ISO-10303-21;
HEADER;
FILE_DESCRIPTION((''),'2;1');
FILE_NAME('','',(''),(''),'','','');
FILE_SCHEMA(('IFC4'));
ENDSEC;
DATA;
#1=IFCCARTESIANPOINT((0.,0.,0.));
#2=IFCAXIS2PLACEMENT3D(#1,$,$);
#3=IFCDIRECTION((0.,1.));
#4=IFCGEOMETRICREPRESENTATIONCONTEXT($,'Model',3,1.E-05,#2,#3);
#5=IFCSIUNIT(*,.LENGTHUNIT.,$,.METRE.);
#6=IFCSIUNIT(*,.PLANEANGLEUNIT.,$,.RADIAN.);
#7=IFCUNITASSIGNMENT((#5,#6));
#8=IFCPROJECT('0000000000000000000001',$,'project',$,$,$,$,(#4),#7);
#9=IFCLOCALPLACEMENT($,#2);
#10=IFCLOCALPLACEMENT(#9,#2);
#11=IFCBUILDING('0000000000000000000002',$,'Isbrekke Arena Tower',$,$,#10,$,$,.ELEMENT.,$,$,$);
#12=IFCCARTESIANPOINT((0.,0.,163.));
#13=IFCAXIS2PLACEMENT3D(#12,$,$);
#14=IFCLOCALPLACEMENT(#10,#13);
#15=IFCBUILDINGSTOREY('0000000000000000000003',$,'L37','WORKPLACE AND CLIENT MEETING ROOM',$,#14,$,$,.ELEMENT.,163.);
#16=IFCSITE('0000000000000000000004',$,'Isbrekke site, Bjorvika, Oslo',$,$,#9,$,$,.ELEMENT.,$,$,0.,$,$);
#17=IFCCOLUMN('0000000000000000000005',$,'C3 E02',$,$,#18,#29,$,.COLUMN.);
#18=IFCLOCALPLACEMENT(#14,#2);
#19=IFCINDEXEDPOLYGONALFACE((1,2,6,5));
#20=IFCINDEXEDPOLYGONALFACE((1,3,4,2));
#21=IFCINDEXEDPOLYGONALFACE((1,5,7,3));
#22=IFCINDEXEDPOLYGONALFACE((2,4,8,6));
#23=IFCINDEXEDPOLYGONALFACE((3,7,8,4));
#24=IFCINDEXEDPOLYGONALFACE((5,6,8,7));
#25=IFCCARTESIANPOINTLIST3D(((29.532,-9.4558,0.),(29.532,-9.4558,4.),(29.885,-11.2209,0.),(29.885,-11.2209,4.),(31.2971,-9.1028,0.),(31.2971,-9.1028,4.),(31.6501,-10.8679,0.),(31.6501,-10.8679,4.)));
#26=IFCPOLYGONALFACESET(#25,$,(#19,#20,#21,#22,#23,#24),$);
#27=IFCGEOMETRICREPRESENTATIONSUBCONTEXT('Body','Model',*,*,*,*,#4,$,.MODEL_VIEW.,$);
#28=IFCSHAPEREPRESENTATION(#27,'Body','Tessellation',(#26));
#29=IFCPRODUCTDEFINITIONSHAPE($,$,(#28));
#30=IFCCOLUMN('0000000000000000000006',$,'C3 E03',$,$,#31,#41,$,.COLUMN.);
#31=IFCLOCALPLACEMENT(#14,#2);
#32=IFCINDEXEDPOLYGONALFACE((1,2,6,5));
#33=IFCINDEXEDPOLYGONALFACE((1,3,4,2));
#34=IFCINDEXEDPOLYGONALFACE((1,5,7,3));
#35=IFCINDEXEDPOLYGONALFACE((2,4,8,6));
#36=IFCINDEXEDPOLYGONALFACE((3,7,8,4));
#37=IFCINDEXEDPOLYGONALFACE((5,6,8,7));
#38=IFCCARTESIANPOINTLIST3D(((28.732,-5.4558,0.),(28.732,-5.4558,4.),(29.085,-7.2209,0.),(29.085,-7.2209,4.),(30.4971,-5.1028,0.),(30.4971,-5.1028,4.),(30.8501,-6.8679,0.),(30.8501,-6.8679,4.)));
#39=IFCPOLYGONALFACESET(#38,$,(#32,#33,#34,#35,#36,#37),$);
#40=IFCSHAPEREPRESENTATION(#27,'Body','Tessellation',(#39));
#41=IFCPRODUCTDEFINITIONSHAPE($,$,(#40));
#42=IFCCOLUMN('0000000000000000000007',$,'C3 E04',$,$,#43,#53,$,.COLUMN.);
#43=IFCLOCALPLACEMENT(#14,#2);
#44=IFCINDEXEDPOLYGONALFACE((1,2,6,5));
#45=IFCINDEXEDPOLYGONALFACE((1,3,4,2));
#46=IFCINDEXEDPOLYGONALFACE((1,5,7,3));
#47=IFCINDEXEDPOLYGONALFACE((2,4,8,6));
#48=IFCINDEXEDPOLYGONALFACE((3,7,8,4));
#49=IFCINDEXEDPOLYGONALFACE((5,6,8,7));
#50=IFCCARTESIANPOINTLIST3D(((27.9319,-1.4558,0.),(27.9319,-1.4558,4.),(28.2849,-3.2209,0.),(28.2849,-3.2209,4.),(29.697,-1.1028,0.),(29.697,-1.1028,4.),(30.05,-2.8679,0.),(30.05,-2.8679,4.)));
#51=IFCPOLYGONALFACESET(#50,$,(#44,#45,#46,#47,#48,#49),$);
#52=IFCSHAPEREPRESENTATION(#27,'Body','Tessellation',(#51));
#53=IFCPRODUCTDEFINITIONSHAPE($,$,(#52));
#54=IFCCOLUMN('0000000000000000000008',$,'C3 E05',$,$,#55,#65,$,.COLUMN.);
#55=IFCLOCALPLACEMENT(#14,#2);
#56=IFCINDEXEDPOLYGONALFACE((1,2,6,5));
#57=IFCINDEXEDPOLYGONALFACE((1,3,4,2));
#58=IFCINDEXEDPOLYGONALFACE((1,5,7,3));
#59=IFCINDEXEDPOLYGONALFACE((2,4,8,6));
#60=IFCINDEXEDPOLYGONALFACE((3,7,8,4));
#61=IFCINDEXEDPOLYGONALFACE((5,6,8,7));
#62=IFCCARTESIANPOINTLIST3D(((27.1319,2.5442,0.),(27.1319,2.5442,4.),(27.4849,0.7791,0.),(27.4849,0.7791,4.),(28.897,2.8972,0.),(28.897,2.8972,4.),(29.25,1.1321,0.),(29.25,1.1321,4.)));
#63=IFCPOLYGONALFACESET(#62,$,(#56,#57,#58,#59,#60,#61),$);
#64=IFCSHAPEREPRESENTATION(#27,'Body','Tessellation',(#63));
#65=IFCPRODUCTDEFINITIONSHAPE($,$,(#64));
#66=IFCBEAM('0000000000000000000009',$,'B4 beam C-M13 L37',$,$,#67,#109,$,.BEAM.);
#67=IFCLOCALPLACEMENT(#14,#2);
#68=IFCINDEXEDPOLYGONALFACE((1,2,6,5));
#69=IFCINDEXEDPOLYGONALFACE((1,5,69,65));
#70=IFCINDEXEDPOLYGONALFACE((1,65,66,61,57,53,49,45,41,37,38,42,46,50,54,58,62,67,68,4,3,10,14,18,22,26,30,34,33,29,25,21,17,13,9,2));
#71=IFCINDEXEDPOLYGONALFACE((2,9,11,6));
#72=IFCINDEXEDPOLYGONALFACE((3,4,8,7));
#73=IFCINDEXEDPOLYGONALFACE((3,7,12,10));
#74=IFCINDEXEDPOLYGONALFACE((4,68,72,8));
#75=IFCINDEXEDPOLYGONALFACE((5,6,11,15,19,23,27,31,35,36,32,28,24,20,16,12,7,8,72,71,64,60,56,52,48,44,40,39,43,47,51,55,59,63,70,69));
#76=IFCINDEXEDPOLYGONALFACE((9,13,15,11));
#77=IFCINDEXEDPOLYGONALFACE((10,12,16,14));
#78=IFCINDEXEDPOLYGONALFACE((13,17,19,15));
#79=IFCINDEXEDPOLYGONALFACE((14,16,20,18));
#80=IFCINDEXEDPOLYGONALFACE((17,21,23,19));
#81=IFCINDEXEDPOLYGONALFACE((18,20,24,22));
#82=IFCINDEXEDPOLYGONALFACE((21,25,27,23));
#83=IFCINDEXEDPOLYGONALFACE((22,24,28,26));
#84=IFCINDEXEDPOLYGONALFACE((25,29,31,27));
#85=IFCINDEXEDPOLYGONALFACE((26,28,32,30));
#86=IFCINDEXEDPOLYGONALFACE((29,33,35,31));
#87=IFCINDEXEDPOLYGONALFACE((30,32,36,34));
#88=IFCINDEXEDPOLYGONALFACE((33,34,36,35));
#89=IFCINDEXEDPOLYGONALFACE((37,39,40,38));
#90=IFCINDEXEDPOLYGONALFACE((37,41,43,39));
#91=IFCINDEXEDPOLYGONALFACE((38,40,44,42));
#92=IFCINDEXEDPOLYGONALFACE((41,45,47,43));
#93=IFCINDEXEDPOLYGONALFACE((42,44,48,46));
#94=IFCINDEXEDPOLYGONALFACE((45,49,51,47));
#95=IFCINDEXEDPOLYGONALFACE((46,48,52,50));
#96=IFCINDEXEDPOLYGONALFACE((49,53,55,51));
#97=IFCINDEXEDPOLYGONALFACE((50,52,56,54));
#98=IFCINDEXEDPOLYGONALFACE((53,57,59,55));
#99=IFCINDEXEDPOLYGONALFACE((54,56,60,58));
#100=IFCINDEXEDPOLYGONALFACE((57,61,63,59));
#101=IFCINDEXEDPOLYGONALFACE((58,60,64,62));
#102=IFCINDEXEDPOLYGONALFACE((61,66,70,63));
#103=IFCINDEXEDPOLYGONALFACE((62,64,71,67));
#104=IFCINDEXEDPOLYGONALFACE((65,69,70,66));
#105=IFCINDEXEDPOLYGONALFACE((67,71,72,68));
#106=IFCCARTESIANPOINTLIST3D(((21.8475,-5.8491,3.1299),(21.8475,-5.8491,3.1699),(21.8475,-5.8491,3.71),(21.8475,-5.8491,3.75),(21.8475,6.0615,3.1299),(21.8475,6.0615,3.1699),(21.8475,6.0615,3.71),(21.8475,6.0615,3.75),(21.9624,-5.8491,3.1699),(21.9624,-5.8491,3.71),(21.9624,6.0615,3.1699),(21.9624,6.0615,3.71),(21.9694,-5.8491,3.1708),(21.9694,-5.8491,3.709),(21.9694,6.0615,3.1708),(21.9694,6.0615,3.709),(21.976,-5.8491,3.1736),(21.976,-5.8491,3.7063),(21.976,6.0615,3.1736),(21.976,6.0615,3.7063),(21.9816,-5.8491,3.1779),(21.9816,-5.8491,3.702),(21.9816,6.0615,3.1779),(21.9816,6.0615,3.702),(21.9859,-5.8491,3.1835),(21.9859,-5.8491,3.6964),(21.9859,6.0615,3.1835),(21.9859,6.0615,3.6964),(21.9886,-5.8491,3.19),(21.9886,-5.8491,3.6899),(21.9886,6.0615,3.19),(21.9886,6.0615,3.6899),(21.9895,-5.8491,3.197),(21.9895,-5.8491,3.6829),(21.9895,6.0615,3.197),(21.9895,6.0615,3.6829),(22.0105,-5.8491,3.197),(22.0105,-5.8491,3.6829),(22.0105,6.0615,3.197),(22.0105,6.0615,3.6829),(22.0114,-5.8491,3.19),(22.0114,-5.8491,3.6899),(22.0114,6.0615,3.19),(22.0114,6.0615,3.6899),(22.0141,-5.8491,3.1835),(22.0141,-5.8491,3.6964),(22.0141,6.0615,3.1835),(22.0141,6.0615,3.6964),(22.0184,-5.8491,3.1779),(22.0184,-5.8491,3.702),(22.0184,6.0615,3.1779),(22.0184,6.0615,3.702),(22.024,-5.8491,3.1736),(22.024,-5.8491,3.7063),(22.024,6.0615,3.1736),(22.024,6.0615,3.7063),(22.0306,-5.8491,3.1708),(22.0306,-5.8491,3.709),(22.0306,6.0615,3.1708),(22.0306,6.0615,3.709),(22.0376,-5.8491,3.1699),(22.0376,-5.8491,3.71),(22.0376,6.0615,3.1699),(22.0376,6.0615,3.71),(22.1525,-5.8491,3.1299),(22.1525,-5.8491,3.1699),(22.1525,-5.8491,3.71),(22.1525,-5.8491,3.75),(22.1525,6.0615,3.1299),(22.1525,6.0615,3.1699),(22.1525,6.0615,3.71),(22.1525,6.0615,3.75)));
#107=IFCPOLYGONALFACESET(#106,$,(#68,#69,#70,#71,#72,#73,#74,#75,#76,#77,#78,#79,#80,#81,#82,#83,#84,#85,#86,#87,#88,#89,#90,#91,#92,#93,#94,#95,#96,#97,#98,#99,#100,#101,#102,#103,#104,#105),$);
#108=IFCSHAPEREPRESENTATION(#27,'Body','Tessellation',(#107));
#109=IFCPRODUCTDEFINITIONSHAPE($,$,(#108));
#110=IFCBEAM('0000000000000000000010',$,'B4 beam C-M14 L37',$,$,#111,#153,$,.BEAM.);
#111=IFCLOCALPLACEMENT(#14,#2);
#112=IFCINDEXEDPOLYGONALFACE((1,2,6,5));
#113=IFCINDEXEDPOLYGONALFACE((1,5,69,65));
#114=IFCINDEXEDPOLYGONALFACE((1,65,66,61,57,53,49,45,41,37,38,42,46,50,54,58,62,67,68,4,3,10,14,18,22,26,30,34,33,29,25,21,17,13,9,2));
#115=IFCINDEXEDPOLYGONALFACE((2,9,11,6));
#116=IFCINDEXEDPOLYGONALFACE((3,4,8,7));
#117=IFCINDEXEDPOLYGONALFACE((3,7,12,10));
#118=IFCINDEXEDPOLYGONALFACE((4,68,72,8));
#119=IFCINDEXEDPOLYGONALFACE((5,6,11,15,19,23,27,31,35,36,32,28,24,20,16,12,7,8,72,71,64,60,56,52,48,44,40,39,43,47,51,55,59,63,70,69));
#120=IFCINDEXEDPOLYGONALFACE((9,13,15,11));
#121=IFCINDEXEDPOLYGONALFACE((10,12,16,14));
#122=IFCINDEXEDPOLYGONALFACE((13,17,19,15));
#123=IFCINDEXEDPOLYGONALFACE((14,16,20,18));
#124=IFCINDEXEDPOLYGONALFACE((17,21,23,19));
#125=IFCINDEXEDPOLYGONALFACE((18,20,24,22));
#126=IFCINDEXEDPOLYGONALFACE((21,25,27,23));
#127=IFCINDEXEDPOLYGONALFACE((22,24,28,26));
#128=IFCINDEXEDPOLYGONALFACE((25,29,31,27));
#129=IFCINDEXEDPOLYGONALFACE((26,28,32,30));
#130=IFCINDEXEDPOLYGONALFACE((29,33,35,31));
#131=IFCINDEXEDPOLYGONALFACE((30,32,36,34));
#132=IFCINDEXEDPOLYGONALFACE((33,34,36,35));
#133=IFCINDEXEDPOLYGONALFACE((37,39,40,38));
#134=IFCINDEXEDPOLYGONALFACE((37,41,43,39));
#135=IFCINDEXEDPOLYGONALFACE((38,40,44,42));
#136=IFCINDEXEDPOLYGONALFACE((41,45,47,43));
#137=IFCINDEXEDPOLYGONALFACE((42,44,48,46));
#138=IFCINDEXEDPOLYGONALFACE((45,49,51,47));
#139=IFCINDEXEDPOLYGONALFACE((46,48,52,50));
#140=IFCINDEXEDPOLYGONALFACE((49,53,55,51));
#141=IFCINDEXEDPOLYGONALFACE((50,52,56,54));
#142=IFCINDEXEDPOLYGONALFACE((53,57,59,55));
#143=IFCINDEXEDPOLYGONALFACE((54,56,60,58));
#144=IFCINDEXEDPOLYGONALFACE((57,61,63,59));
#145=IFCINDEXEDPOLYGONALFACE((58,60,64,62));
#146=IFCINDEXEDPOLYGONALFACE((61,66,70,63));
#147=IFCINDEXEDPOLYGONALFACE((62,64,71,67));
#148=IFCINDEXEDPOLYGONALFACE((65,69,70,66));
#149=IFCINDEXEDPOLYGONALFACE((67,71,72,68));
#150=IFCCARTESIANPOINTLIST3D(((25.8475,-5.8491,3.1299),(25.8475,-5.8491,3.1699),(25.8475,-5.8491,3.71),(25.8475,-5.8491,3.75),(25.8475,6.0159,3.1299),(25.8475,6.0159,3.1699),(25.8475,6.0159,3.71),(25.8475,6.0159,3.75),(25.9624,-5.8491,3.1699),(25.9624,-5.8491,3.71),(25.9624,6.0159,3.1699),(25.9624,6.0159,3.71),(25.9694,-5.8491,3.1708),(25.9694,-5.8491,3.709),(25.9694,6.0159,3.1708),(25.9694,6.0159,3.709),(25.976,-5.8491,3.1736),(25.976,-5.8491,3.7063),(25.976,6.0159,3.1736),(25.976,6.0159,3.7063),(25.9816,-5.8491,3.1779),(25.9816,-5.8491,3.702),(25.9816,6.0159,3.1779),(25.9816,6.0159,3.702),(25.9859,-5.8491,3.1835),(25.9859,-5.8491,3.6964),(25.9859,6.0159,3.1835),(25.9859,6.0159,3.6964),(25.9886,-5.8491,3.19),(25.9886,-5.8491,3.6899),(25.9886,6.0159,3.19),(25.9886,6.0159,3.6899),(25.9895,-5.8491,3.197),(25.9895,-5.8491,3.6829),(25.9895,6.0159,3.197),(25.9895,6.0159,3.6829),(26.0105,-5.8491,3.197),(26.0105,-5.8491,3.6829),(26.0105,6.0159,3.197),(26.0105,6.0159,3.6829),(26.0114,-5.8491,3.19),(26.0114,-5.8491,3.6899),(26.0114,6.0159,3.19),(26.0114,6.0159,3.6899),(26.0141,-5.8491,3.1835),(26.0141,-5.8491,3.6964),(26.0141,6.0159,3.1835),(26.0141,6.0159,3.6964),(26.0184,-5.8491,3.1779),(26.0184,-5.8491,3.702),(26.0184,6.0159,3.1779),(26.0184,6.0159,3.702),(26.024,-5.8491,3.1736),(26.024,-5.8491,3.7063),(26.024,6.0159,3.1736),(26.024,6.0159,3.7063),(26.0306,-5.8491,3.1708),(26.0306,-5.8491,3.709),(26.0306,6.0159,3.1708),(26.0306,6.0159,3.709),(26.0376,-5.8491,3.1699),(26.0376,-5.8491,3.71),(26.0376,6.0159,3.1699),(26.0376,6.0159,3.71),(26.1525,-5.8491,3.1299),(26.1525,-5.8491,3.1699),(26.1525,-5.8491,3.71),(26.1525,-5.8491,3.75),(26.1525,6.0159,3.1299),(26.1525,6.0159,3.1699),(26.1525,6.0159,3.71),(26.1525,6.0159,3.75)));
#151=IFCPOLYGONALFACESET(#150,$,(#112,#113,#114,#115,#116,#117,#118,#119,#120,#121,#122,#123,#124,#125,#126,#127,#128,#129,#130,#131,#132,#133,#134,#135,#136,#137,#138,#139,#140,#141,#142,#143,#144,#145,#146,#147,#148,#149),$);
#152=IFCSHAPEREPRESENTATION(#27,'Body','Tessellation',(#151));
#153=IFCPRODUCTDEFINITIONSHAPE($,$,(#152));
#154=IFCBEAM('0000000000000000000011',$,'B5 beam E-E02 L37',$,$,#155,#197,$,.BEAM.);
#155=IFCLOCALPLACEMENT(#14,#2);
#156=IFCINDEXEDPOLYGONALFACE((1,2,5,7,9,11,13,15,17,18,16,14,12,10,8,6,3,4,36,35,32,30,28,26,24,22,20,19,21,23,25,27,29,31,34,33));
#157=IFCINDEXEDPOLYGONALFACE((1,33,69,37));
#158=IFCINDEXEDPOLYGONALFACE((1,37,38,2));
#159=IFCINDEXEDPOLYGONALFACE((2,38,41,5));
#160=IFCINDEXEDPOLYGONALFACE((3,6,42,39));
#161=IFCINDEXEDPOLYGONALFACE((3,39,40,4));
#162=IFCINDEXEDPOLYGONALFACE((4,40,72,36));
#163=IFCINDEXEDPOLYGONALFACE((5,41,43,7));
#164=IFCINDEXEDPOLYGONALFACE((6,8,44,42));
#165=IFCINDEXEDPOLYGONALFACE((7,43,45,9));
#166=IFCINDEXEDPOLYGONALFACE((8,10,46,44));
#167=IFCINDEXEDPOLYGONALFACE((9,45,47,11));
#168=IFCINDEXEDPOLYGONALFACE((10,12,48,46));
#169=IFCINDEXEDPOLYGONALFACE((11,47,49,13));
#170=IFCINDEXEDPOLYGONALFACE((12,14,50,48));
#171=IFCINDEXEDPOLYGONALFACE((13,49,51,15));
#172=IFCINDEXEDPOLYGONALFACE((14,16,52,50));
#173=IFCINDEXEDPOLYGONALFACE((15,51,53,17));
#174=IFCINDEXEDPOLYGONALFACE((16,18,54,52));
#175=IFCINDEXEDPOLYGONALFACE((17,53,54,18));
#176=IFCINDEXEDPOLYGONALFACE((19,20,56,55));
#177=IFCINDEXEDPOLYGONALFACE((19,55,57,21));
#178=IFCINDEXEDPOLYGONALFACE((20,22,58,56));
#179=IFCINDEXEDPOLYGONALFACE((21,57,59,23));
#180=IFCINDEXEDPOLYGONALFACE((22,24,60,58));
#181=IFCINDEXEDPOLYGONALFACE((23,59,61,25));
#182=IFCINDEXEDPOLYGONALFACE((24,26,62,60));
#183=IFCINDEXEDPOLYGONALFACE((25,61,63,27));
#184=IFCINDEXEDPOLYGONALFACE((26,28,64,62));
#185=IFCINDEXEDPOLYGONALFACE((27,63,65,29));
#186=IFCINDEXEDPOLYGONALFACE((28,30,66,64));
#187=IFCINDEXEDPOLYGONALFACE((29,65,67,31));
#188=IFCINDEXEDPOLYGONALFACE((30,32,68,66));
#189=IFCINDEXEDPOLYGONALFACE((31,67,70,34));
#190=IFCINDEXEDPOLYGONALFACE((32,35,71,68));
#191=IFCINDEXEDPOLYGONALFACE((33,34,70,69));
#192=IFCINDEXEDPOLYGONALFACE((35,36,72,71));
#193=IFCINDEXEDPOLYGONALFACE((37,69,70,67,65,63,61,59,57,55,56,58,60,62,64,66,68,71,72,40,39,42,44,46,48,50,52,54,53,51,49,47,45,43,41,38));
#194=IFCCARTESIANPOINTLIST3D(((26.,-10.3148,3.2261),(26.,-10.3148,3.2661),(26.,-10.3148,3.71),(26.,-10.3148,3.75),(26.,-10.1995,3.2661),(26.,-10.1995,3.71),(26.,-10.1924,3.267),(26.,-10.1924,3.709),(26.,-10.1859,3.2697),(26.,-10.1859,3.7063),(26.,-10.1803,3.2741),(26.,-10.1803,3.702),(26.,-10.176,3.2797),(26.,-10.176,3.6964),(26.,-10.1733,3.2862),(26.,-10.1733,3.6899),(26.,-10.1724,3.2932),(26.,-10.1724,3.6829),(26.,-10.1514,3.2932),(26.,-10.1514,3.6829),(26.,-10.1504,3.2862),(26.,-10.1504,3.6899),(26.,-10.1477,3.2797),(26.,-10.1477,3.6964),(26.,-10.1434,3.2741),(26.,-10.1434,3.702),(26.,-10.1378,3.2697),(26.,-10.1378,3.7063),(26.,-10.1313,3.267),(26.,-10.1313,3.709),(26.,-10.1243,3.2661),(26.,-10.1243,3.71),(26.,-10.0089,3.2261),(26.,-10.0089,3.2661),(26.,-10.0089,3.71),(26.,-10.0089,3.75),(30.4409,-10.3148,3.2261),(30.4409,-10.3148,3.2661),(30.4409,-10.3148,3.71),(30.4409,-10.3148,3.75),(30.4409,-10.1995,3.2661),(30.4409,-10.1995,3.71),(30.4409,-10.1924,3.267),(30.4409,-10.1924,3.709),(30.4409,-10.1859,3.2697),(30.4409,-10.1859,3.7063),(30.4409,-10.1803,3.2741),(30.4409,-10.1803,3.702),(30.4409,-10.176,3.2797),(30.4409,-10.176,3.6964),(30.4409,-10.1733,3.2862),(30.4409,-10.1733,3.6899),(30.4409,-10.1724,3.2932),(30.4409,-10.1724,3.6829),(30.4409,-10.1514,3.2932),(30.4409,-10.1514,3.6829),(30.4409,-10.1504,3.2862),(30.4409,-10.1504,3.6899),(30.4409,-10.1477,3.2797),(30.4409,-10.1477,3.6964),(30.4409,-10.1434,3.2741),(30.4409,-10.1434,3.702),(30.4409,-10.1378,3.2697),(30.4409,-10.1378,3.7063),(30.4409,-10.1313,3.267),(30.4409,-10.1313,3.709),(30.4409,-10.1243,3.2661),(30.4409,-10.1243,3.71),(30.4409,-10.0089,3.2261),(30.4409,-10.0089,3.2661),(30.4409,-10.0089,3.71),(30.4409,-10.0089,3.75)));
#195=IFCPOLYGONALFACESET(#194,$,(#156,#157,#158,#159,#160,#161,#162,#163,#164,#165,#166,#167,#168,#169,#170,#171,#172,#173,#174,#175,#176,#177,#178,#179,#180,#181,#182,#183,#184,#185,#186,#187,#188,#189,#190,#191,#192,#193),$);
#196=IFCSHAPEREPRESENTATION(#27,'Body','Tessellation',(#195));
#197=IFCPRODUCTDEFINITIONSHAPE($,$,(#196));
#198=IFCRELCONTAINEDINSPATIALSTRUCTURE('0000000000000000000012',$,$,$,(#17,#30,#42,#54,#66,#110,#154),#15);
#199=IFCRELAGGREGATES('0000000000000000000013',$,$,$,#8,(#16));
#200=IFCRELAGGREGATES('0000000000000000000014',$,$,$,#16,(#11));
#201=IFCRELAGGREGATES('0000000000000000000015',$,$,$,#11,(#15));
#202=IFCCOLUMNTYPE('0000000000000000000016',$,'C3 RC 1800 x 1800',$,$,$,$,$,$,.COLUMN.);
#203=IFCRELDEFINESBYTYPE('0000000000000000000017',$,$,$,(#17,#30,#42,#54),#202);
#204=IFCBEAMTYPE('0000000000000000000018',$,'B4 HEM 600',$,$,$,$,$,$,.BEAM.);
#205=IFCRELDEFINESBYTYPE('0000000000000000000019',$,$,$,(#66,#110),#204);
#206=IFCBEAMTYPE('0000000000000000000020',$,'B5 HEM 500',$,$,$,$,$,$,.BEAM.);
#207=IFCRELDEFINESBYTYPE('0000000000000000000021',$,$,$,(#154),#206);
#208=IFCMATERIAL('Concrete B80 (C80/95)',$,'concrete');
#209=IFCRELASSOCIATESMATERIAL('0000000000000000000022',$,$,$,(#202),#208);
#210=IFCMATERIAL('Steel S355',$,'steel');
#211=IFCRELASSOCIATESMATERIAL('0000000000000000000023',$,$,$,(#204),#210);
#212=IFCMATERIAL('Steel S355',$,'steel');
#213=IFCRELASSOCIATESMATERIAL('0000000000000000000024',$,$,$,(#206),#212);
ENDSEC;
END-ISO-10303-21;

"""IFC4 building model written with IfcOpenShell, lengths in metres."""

from ifc_helpers import new_model, si_unit, direction, frame, origin, origin_2d, place, context, subcontext, project, spatial, rectangle, i_section, extrude, material, material_profile, profile_set, type_object, element, save


model = new_model("IFC4")

# Units and contexts
model_context = context("Model", 3, precision=1e-05, world=origin(), true_north=direction((0.0, 1.0)))
body_context = subcontext(model_context, "Body", "Model", "MODEL_VIEW")
ifc_project = project(units=[si_unit("LENGTHUNIT", "METRE"), si_unit("PLANEANGLEUNIT", "RADIAN")], contexts=[model_context])

# Site, building, storey
site_placement = place(None, origin())
site = spatial("IfcSite", under=ifc_project, at=site_placement, Name="Isbrekke site, Bjorvika, Oslo", CompositionType="ELEMENT", RefElevation=0.0)
building_placement = place(site_placement, origin())
building = spatial("IfcBuilding", under=site, at=building_placement, Name="Isbrekke Arena Tower", CompositionType="ELEMENT")
storey_placement = place(building_placement, frame((0.0, 0.0, 163.0)))
storey = spatial("IfcBuildingStorey", under=building, at=storey_placement, Name="L37", Description="WORKPLACE AND CLIENT MEETING ROOM", CompositionType="ELEMENT", Elevation=163.0)

# Columns
ifc_material_1 = material(Name="Concrete B80 (C80/95)", Category="concrete")
ifc_material_profile_1 = material_profile(ifc_material_1, rectangle(XDim=1.8, YDim=1.8, at=origin_2d()), Name="RC 1800x1800")
ifc_profile_set_1 = profile_set([ifc_material_profile_1], Name="Concrete B80 (C80/95)")
column_type = type_object("IfcColumnType", Name="C3 RC 1800 x 1800", PredefinedType="COLUMN", material=ifc_profile_set_1)
for number, where, z_axis, x_axis, name in (
    (1, (30.5911, -10.1619, 0.0), (0.0, 0.0, 1.0), (-0.196116, 0.980581, 0.0), "C3 E02"),
    (2, (29.791, -6.1619, 0.0), (0.0, 0.0, 1.0), (-0.196116, 0.980581, 0.0), "C3 E03"),
    (3, (28.991, -2.1619, 0.0), (0.0, 0.0, 1.0), (-0.196116, 0.980581, 0.0), "C3 E04"),
    (4, (28.1909, 1.8381, 0.0), (0.0, 0.0, 1.0), (-0.196116, 0.980581, 0.0), "C3 E05"),
):
    element("IfcColumn", number, at=place(storey_placement, frame(where, z_axis=z_axis, x_axis=x_axis)), inside=storey, type_object=column_type, Name=name, PredefinedType="COLUMN", context=body_context, shape_type="SweptSolid", body=[
        extrude(rectangle(XDim=1.8, YDim=1.8, at=origin_2d()), origin(), (0.0, 0.0, 1.0), 4.0),
    ])

# Beams
ifc_material_2 = material(Name="Steel S355", Category="steel")
ifc_material_profile_2 = material_profile(ifc_material_2, i_section(OverallWidth=0.3049, OverallDepth=0.6201, WebThickness=0.021, FlangeThickness=0.04, FilletRadius=0.0271, at=origin_2d()), Name="HEM 600")
ifc_profile_set_2 = profile_set([ifc_material_profile_2], Name="Steel S355")
beam_type_1 = type_object("IfcBeamType", Name="B4 HEM 600", PredefinedType="BEAM", material=ifc_profile_set_2)
beam_1_placement = place(storey_placement, frame((22.0, -5.8491, 3.4399), z_axis=(0.0, 1.0, 0.0), x_axis=(-1.0, 0.0, 0.0)))
element("IfcBeam", 5, at=beam_1_placement, inside=storey, type_object=beam_type_1, Name="B4 beam C-M13 L37", PredefinedType="BEAM", context=body_context, shape_type="SweptSolid", body=[
    extrude(i_section(OverallWidth=0.3049, OverallDepth=0.6201, WebThickness=0.021, FlangeThickness=0.04, FilletRadius=0.0271, at=origin_2d()), origin(), (0.0, 0.0, 1.0), 11.9106),
])
beam_2_placement = place(storey_placement, frame((26.0, -5.8491, 3.4399), z_axis=(0.0, 1.0, 0.0), x_axis=(-1.0, 0.0, 0.0)))
element("IfcBeam", 6, at=beam_2_placement, inside=storey, type_object=beam_type_1, Name="B4 beam C-M14 L37", PredefinedType="BEAM", context=body_context, shape_type="SweptSolid", body=[
    extrude(i_section(OverallWidth=0.3049, OverallDepth=0.6201, WebThickness=0.021, FlangeThickness=0.04, FilletRadius=0.0271, at=origin_2d()), origin(), (0.0, 0.0, 1.0), 11.865),
])
ifc_material_3 = material(Name="Steel S355", Category="steel")
ifc_material_profile_3 = material_profile(ifc_material_3, i_section(OverallWidth=0.3059, OverallDepth=0.5239, WebThickness=0.021, FlangeThickness=0.04, FilletRadius=0.0271, at=origin_2d()), Name="HEM 500")
ifc_profile_set_3 = profile_set([ifc_material_profile_3], Name="Steel S355")
beam_type_2 = type_object("IfcBeamType", Name="B5 HEM 500", PredefinedType="BEAM", material=ifc_profile_set_3)
beam_3_placement = place(storey_placement, frame((30.4409, -10.1619, 3.488), z_axis=(-1.0, 0.0, 0.0), x_axis=(0.0, -1.0, 0.0)))
element("IfcBeam", 7, at=beam_3_placement, inside=storey, type_object=beam_type_2, Name="B5 beam E-E02 L37", PredefinedType="BEAM", context=body_context, shape_type="SweptSolid", body=[
    extrude(i_section(OverallWidth=0.3059, OverallDepth=0.5239, WebThickness=0.021, FlangeThickness=0.04, FilletRadius=0.0271, at=origin_2d()), origin(), (0.0, 0.0, 1.0), 4.4409),
])

save(model, "model.ifc")
